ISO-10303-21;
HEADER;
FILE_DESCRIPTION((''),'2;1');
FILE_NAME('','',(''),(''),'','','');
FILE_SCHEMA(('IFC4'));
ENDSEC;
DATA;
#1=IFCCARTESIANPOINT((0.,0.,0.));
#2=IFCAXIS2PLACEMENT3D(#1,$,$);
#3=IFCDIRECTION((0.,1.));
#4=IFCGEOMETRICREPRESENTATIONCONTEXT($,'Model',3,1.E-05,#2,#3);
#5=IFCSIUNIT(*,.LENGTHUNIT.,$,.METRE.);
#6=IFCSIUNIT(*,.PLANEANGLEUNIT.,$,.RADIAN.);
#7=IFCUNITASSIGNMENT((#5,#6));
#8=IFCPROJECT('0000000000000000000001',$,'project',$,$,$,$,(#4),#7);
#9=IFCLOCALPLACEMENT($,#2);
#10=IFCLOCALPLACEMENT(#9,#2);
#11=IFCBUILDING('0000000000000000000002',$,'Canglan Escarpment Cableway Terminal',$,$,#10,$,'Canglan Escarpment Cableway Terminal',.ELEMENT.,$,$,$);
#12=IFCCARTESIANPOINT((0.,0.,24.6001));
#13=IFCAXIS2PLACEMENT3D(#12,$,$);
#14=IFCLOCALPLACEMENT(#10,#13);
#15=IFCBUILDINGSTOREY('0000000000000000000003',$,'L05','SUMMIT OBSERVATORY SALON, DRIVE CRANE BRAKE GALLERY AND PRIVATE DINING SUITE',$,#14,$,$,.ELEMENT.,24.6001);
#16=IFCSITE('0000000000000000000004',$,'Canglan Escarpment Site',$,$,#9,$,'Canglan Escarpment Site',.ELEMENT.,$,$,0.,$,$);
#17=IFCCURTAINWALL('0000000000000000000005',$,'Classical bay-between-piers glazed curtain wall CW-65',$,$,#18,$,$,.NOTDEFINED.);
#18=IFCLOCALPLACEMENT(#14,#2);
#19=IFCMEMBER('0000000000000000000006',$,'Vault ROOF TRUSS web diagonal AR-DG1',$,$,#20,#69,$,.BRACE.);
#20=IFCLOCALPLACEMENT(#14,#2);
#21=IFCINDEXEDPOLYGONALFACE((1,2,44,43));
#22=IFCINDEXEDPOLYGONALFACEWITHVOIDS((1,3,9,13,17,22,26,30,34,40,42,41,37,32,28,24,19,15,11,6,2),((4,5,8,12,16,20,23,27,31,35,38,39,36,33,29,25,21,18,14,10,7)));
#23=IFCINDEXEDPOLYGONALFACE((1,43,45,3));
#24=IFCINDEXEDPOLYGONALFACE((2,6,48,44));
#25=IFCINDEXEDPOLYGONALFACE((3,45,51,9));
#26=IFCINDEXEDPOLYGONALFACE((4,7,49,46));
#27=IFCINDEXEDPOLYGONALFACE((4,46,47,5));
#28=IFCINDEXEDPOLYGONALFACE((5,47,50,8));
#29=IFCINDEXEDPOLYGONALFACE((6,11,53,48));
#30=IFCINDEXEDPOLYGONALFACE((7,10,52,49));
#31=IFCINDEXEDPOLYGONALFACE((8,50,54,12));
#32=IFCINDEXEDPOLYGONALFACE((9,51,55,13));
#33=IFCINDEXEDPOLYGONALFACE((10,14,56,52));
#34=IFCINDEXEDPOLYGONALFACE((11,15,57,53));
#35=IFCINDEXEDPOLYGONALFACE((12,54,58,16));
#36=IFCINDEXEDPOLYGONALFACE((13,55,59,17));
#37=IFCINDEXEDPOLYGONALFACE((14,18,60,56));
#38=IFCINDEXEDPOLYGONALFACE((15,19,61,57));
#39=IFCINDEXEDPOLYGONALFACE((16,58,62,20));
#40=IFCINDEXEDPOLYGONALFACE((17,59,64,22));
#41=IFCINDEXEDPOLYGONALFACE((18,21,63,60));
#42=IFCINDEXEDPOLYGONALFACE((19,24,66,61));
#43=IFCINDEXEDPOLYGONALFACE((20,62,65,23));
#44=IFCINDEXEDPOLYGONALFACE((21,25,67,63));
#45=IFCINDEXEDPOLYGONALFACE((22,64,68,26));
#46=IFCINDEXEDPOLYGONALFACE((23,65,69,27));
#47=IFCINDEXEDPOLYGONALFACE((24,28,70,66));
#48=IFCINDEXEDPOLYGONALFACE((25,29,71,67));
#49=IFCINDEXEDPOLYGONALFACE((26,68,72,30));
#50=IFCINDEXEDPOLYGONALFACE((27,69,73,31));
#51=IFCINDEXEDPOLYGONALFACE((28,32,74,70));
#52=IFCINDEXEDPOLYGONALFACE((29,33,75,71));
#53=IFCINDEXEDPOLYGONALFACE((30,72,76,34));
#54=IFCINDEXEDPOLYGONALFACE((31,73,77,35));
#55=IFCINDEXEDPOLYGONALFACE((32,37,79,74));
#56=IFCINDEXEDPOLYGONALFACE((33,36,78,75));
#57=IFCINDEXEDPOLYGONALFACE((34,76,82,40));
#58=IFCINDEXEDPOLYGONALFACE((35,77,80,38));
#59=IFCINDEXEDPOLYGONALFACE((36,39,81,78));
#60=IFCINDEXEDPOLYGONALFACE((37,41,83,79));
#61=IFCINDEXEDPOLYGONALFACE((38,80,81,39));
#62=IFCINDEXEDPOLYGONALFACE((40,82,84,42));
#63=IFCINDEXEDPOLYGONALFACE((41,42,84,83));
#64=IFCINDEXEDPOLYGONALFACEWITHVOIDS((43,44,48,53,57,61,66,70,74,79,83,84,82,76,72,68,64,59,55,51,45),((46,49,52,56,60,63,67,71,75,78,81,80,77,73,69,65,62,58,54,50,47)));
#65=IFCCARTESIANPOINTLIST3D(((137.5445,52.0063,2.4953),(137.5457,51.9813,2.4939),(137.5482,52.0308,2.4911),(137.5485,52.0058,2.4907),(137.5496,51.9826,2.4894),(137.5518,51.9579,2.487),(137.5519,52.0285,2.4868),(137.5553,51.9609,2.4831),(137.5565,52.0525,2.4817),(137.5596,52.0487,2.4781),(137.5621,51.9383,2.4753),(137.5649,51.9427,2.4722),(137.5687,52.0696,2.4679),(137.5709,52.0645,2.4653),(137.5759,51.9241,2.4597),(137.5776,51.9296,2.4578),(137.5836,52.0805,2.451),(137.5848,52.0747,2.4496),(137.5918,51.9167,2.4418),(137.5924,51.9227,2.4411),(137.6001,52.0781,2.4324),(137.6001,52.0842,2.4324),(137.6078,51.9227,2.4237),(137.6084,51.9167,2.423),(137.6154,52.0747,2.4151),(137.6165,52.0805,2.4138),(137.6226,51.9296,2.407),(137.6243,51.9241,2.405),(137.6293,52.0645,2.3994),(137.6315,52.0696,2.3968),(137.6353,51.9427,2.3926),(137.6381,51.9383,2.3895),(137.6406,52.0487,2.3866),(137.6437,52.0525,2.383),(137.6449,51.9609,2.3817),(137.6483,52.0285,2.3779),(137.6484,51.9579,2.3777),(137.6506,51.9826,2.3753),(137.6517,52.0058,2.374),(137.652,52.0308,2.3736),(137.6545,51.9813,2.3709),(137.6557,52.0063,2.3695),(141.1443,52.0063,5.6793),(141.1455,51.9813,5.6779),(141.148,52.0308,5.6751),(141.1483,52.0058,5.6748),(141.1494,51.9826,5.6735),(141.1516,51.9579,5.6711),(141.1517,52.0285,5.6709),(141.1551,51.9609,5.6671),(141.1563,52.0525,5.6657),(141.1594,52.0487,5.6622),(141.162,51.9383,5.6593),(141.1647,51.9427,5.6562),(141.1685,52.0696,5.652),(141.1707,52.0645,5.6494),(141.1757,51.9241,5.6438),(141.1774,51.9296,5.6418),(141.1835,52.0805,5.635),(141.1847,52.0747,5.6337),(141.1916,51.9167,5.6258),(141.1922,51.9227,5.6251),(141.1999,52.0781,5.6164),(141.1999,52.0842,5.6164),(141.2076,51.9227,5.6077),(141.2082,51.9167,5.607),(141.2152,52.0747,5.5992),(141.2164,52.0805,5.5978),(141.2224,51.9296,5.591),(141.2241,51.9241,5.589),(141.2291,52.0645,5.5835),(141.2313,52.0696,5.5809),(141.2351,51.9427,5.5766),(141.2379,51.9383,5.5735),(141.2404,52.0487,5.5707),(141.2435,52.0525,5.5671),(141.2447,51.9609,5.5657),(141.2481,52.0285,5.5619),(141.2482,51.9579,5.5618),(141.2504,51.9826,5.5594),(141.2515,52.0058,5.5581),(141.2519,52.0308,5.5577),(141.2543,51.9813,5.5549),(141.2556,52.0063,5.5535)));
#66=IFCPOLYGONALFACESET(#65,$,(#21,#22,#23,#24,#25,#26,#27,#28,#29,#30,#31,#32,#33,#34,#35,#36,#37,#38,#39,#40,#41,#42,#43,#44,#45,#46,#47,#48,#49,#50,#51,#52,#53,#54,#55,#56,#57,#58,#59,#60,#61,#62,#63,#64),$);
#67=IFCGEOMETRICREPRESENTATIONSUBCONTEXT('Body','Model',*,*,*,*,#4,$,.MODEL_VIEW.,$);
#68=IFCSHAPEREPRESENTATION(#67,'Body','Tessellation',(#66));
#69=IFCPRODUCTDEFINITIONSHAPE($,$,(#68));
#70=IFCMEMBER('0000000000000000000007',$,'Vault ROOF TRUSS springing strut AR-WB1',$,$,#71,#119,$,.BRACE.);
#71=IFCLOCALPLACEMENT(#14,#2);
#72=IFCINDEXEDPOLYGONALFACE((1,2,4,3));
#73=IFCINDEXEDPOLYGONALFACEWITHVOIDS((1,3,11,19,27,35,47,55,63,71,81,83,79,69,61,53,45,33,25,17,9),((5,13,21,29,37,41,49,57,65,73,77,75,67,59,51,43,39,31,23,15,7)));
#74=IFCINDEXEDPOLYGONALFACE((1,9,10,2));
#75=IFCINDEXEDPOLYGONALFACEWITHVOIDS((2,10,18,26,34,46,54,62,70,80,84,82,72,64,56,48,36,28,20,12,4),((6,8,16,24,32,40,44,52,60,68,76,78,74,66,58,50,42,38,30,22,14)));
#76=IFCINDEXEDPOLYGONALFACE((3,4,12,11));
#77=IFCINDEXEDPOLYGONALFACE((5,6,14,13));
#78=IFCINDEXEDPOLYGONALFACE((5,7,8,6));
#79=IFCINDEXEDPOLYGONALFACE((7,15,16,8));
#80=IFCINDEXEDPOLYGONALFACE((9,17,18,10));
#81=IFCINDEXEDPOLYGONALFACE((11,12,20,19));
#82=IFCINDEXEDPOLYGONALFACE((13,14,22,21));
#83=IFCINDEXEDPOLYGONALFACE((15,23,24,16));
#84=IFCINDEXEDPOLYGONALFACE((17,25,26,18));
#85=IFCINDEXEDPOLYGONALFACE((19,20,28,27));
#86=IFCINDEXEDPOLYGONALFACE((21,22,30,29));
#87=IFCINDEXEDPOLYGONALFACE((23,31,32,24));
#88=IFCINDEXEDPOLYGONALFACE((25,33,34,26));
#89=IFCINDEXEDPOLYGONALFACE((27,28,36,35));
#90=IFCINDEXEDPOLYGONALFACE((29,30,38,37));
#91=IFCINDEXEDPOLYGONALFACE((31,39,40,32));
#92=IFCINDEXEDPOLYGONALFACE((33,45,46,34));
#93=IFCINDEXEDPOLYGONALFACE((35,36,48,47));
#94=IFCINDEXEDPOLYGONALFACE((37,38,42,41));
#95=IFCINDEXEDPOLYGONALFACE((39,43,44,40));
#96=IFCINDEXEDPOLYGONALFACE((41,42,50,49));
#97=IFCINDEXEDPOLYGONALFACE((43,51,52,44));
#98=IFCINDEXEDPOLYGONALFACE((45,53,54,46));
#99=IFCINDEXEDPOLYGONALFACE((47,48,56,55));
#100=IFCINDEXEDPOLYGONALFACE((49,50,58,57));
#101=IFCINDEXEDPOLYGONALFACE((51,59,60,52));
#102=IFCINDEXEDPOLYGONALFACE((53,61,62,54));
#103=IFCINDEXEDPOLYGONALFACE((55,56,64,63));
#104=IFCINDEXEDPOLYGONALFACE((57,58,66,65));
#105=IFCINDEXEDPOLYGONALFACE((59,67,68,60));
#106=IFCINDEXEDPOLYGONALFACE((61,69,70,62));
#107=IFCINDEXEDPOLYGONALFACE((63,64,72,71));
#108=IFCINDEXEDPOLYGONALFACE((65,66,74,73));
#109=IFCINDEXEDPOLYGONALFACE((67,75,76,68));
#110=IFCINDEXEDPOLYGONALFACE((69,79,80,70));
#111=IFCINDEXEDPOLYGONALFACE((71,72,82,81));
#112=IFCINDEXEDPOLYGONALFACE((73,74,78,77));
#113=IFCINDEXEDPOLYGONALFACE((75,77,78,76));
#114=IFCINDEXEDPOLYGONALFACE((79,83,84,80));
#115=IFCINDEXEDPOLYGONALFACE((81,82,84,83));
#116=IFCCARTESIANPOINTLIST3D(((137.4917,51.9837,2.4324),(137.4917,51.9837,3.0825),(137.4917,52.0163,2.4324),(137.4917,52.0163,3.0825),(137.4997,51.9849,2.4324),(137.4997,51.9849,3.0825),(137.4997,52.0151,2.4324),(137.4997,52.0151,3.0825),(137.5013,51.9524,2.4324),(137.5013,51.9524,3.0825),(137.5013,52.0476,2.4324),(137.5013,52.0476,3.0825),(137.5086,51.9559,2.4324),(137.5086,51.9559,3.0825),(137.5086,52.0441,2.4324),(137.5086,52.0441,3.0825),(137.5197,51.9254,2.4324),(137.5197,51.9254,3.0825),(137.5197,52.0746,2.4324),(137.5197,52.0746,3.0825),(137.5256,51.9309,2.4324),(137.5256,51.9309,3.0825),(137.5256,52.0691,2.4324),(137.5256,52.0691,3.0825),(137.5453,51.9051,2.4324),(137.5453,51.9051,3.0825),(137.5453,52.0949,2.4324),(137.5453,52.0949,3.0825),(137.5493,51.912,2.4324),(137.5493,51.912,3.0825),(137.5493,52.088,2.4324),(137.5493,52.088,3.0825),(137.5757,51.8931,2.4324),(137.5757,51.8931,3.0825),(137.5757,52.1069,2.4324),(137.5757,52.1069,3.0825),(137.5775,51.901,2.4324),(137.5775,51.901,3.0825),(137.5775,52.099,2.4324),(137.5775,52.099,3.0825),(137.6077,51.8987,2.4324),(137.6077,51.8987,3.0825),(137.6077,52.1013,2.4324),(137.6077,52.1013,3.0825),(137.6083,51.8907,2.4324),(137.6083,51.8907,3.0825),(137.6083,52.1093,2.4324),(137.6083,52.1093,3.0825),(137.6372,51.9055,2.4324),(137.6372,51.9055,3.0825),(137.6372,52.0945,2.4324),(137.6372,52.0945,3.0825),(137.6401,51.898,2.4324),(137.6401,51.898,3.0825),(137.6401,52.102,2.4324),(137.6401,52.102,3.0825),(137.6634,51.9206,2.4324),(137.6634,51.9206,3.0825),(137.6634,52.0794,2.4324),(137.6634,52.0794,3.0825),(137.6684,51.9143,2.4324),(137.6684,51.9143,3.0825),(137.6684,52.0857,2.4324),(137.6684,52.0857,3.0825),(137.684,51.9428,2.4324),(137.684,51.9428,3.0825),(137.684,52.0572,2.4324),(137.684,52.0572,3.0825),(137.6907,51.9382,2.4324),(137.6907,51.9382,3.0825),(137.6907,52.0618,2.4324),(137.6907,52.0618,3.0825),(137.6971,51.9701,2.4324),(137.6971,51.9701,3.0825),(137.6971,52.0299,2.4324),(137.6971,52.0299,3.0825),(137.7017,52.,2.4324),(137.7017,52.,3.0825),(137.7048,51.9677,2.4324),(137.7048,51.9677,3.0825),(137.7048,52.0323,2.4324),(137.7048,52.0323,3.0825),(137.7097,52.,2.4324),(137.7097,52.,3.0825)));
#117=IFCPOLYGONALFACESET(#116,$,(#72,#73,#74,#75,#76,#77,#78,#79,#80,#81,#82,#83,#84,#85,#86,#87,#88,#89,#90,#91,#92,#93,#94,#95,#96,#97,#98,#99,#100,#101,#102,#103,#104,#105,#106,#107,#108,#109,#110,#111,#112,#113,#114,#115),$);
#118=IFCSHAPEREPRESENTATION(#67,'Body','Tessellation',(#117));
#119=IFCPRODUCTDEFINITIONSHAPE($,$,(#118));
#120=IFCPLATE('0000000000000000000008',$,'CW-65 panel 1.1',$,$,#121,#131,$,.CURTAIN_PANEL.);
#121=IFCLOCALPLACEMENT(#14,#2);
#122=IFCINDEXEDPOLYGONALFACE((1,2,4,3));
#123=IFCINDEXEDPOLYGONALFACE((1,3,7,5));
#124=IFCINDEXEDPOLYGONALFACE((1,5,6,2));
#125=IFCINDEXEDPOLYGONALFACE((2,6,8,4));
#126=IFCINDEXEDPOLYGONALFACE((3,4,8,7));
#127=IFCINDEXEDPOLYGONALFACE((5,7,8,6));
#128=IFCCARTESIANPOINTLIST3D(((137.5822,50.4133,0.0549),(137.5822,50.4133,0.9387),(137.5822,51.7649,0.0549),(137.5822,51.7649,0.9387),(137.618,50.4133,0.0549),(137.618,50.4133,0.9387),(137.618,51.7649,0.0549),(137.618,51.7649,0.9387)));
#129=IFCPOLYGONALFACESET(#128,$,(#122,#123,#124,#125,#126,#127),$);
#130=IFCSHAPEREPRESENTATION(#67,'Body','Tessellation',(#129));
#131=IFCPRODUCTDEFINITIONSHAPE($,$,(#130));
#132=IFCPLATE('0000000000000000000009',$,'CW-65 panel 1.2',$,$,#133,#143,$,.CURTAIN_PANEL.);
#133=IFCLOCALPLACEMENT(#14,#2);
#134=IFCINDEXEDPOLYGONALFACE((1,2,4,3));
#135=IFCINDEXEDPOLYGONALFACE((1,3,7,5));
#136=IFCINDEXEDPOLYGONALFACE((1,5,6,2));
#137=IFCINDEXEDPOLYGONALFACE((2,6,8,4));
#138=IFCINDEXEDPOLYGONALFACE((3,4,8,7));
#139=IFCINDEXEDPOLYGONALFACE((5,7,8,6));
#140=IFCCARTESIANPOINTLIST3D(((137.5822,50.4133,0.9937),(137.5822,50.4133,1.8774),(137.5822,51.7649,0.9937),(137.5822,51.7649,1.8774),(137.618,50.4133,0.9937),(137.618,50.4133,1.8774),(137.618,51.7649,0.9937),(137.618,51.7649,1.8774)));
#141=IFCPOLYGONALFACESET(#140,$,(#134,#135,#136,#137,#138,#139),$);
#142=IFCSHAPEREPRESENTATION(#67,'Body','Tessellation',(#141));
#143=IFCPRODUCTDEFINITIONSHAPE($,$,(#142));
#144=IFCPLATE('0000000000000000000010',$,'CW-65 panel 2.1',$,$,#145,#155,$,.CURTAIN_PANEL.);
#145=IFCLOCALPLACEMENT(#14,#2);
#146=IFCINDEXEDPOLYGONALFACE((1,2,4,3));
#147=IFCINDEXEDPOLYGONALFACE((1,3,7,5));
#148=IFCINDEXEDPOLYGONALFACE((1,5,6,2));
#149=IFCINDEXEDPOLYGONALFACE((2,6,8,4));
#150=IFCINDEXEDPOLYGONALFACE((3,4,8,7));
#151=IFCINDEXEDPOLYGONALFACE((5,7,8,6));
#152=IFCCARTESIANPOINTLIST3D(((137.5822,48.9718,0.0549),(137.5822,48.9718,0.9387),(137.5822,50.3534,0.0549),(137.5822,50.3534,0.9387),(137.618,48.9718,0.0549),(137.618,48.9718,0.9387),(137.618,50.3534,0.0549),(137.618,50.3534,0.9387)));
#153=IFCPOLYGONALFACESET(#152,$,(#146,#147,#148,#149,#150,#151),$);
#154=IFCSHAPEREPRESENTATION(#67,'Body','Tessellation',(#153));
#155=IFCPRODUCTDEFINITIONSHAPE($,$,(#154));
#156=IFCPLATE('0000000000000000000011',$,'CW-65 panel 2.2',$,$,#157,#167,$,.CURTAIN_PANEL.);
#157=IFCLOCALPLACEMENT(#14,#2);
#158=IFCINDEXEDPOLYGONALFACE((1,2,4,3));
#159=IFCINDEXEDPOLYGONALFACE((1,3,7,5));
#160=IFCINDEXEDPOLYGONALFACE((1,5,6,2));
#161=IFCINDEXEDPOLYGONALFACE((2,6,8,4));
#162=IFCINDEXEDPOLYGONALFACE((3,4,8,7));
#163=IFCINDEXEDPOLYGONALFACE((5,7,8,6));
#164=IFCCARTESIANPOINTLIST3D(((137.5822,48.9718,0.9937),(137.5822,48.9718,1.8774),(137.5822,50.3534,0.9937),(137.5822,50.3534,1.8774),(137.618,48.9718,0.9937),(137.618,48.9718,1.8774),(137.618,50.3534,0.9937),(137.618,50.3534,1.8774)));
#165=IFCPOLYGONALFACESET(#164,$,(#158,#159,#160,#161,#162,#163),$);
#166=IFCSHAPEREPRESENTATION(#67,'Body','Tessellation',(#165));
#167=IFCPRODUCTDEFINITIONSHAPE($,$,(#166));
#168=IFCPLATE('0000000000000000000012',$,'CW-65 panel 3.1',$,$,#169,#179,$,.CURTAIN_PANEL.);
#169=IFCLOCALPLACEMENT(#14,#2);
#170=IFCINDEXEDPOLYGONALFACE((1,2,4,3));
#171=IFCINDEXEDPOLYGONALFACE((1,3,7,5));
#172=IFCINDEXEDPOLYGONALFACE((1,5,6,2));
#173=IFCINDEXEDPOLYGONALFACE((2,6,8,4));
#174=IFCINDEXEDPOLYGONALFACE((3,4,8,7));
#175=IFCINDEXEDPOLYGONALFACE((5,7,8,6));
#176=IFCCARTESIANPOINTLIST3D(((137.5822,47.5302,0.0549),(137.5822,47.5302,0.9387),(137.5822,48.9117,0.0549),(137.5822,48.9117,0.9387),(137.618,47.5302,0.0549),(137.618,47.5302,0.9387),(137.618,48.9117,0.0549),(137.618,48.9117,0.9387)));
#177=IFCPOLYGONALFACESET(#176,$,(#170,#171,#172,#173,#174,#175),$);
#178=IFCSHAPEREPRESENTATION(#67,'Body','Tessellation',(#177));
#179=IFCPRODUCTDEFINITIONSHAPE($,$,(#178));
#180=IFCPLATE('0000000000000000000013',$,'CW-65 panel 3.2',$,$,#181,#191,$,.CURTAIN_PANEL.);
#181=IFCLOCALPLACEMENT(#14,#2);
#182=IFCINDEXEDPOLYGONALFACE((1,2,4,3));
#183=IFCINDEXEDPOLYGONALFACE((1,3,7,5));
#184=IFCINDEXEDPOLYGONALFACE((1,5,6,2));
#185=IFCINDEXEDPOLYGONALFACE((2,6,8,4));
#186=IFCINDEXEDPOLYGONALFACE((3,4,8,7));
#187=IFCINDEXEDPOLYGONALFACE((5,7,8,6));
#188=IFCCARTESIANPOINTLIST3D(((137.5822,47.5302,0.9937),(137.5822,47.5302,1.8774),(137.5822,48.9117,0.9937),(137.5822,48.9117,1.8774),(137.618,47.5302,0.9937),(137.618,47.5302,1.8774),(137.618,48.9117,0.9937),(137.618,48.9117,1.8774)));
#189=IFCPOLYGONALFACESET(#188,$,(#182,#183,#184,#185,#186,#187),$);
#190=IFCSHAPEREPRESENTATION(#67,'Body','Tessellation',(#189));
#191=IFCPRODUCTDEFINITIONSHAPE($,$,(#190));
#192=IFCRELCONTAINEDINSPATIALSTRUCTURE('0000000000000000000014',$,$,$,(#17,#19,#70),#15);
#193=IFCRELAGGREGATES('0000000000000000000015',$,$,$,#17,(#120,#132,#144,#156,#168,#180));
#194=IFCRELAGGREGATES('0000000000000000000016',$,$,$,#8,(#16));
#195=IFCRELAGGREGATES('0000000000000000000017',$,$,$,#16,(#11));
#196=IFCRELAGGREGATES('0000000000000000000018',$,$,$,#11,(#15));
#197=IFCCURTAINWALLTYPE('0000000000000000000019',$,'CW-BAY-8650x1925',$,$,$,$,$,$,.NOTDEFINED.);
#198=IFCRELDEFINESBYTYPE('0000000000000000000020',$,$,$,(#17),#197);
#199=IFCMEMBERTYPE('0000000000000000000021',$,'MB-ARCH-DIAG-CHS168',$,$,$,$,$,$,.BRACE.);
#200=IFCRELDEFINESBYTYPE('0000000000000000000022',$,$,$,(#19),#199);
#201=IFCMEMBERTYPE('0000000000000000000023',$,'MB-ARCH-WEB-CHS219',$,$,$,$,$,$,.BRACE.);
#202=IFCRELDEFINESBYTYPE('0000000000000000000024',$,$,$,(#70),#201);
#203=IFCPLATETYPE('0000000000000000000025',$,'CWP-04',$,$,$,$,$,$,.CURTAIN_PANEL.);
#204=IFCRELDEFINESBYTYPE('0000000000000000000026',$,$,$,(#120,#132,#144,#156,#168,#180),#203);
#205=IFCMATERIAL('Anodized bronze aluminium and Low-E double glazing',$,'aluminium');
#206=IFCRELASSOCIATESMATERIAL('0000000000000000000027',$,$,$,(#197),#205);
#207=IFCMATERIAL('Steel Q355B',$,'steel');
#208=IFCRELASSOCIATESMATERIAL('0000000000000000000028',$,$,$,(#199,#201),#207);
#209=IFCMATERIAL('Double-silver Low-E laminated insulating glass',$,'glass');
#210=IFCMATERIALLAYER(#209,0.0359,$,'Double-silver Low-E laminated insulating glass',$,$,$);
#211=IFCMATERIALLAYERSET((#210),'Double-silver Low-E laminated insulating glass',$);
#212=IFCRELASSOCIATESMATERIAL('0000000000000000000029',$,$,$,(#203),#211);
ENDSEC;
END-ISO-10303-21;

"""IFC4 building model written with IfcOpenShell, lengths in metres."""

from ifc_helpers import new_model, si_unit, direction, frame, origin, origin_2d, place, context, subcontext, project, spatial, rectangle, hollow_circle, extrude, material, layer, layer_set, material_profile, profile_set, type_object, element, aggregate, save


model = new_model("IFC4")

# Units and contexts
model_context = context("Model", 3, precision=1e-05, world=origin(), true_north=direction((0.0, 1.0)))
body_context = subcontext(model_context, "Body", "Model", "MODEL_VIEW")
ifc_project = project(units=[si_unit("LENGTHUNIT", "METRE"), si_unit("PLANEANGLEUNIT", "RADIAN")], contexts=[model_context])

# Site, building, storey
site_placement = place(None, origin())
site = spatial("IfcSite", under=ifc_project, at=site_placement, Name="Canglan Escarpment Site", LongName="Canglan Escarpment Site", CompositionType="ELEMENT", RefElevation=0.0)
building_placement = place(site_placement, origin())
building = spatial("IfcBuilding", under=site, at=building_placement, Name="Canglan Escarpment Cableway Terminal", LongName="Canglan Escarpment Cableway Terminal", CompositionType="ELEMENT")
storey_placement = place(building_placement, frame((0.0, 0.0, 24.6001)))
storey = spatial("IfcBuildingStorey", under=building, at=storey_placement, Name="L05", Description="SUMMIT OBSERVATORY SALON, DRIVE CRANE BRAKE GALLERY AND PRIVATE DINING SUITE", CompositionType="ELEMENT", Elevation=24.6001)

# Shared definitions
ifc_material_1 = material(Name="Steel Q355B", Category="steel")

# Curtain wall
ifc_material_2 = material(Name="Anodized bronze aluminium and Low-E double glazing", Category="aluminium")
curtain_wall_type_1 = type_object("IfcCurtainWallType", Name="CW-BAY-8650x1925", PredefinedType="NOTDEFINED", material=ifc_material_2)
curtain_wall_1_placement = place(storey_placement, origin())
curtain_wall_1 = element("IfcCurtainWall", 1, at=curtain_wall_1_placement, inside=storey, type_object=curtain_wall_type_1, Name="Classical bay-between-piers glazed curtain wall CW-65", PredefinedType="NOTDEFINED")

# Members
ifc_material_profile_1 = material_profile(ifc_material_1, hollow_circle(Radius=0.0842, WallThickness=0.0061, at=origin_2d()), Name="CHS 168.3x6")
ifc_profile_set_1 = profile_set([ifc_material_profile_1], Name="Steel Q355B")
member_type_1 = type_object("IfcMemberType", Name="MB-ARCH-DIAG-CHS168", PredefinedType="BRACE", material=ifc_profile_set_1)
member_1_placement = place(storey_placement, frame((137.6001, 52.0, 2.4324), z_axis=(0.749038, 0.0, 0.662527), x_axis=(0.0, 1.0, 0.0)))
element("IfcMember", 2, at=member_1_placement, inside=storey, type_object=member_type_1, Name="Vault ROOF TRUSS web diagonal AR-DG1", PredefinedType="BRACE", context=body_context, shape_type="SweptSolid", body=[
    extrude(hollow_circle(Radius=0.0842, WallThickness=0.0061, at=origin_2d()), origin(), (0.0, 0.0, 1.0), 4.8059),
])
ifc_material_profile_2 = material_profile(ifc_material_1, hollow_circle(Radius=0.1096, WallThickness=0.0081, at=origin_2d()), Name="CHS 219.1x8")
ifc_profile_set_2 = profile_set([ifc_material_profile_2], Name="Steel Q355B")
member_type_2 = type_object("IfcMemberType", Name="MB-ARCH-WEB-CHS219", PredefinedType="BRACE", material=ifc_profile_set_2)
member_2_placement = place(storey_placement, frame((137.6001, 52.0, 2.4324), z_axis=(0.0, 0.0, 1.0), x_axis=(1.0, 0.0, 0.0)))
element("IfcMember", 3, at=member_2_placement, inside=storey, type_object=member_type_2, Name="Vault ROOF TRUSS springing strut AR-WB1", PredefinedType="BRACE", context=body_context, shape_type="SweptSolid", body=[
    extrude(hollow_circle(Radius=0.1096, WallThickness=0.0081, at=origin_2d()), origin(), (0.0, 0.0, 1.0), 0.6501),
])

# Plates
ifc_material_3 = material(Name="Double-silver Low-E laminated insulating glass", Category="glass")
ifc_layer_1 = layer(ifc_material_3, 0.0359, Name="Double-silver Low-E laminated insulating glass")
ifc_layer_set_1 = layer_set([ifc_layer_1], Name="Double-silver Low-E laminated insulating glass")
plate_type_1 = type_object("IfcPlateType", Name="CWP-04", PredefinedType="CURTAIN_PANEL", material=ifc_layer_set_1)
plate_1_placement = place(storey_placement, frame((137.6001, 51.0891, 0.0549), z_axis=(0.0, 0.0, 1.0), x_axis=(0.0, -1.0, 0.0)))
plate_1 = element("IfcPlate", 4, at=plate_1_placement, type_object=plate_type_1, Name="CW-65 panel 1.1", PredefinedType="CURTAIN_PANEL", context=body_context, shape_type="SweptSolid", body=[
    extrude(rectangle(XDim=1.3516, YDim=0.0359, at=origin_2d()), origin(), (0.0, 0.0, 1.0), 0.8838),
])
plate_2_placement = place(storey_placement, frame((137.6001, 51.0891, 0.9937), z_axis=(0.0, 0.0, 1.0), x_axis=(0.0, -1.0, 0.0)))
plate_2 = element("IfcPlate", 5, at=plate_2_placement, type_object=plate_type_1, Name="CW-65 panel 1.2", PredefinedType="CURTAIN_PANEL", context=body_context, shape_type="SweptSolid", body=[
    extrude(rectangle(XDim=1.3516, YDim=0.0359, at=origin_2d()), origin(), (0.0, 0.0, 1.0), 0.8838),
])
plate_3_placement = place(storey_placement, frame((137.6001, 49.6626, 0.0549), z_axis=(0.0, 0.0, 1.0), x_axis=(0.0, -1.0, 0.0)))
plate_3 = element("IfcPlate", 6, at=plate_3_placement, type_object=plate_type_1, Name="CW-65 panel 2.1", PredefinedType="CURTAIN_PANEL", context=body_context, shape_type="SweptSolid", body=[
    extrude(rectangle(XDim=1.3816, YDim=0.0359, at=origin_2d()), origin(), (0.0, 0.0, 1.0), 0.8838),
])
plate_4_placement = place(storey_placement, frame((137.6001, 49.6626, 0.9937), z_axis=(0.0, 0.0, 1.0), x_axis=(0.0, -1.0, 0.0)))
plate_4 = element("IfcPlate", 7, at=plate_4_placement, type_object=plate_type_1, Name="CW-65 panel 2.2", PredefinedType="CURTAIN_PANEL", context=body_context, shape_type="SweptSolid", body=[
    extrude(rectangle(XDim=1.3816, YDim=0.0359, at=origin_2d()), origin(), (0.0, 0.0, 1.0), 0.8838),
])
plate_5_placement = place(storey_placement, frame((137.6001, 48.2209, 0.0549), z_axis=(0.0, 0.0, 1.0), x_axis=(0.0, -1.0, 0.0)))
plate_5 = element("IfcPlate", 8, at=plate_5_placement, type_object=plate_type_1, Name="CW-65 panel 3.1", PredefinedType="CURTAIN_PANEL", context=body_context, shape_type="SweptSolid", body=[
    extrude(rectangle(XDim=1.3816, YDim=0.0359, at=origin_2d()), origin(), (0.0, 0.0, 1.0), 0.8838),
])
plate_6_placement = place(storey_placement, frame((137.6001, 48.2209, 0.9937), z_axis=(0.0, 0.0, 1.0), x_axis=(0.0, -1.0, 0.0)))
plate_6 = element("IfcPlate", 9, at=plate_6_placement, type_object=plate_type_1, Name="CW-65 panel 3.2", PredefinedType="CURTAIN_PANEL", context=body_context, shape_type="SweptSolid", body=[
    extrude(rectangle(XDim=1.3816, YDim=0.0359, at=origin_2d()), origin(), (0.0, 0.0, 1.0), 0.8838),
])
aggregate(curtain_wall_1, [plate_1, plate_2, plate_3, plate_4, plate_5, plate_6])

save(model, "model.ifc")
